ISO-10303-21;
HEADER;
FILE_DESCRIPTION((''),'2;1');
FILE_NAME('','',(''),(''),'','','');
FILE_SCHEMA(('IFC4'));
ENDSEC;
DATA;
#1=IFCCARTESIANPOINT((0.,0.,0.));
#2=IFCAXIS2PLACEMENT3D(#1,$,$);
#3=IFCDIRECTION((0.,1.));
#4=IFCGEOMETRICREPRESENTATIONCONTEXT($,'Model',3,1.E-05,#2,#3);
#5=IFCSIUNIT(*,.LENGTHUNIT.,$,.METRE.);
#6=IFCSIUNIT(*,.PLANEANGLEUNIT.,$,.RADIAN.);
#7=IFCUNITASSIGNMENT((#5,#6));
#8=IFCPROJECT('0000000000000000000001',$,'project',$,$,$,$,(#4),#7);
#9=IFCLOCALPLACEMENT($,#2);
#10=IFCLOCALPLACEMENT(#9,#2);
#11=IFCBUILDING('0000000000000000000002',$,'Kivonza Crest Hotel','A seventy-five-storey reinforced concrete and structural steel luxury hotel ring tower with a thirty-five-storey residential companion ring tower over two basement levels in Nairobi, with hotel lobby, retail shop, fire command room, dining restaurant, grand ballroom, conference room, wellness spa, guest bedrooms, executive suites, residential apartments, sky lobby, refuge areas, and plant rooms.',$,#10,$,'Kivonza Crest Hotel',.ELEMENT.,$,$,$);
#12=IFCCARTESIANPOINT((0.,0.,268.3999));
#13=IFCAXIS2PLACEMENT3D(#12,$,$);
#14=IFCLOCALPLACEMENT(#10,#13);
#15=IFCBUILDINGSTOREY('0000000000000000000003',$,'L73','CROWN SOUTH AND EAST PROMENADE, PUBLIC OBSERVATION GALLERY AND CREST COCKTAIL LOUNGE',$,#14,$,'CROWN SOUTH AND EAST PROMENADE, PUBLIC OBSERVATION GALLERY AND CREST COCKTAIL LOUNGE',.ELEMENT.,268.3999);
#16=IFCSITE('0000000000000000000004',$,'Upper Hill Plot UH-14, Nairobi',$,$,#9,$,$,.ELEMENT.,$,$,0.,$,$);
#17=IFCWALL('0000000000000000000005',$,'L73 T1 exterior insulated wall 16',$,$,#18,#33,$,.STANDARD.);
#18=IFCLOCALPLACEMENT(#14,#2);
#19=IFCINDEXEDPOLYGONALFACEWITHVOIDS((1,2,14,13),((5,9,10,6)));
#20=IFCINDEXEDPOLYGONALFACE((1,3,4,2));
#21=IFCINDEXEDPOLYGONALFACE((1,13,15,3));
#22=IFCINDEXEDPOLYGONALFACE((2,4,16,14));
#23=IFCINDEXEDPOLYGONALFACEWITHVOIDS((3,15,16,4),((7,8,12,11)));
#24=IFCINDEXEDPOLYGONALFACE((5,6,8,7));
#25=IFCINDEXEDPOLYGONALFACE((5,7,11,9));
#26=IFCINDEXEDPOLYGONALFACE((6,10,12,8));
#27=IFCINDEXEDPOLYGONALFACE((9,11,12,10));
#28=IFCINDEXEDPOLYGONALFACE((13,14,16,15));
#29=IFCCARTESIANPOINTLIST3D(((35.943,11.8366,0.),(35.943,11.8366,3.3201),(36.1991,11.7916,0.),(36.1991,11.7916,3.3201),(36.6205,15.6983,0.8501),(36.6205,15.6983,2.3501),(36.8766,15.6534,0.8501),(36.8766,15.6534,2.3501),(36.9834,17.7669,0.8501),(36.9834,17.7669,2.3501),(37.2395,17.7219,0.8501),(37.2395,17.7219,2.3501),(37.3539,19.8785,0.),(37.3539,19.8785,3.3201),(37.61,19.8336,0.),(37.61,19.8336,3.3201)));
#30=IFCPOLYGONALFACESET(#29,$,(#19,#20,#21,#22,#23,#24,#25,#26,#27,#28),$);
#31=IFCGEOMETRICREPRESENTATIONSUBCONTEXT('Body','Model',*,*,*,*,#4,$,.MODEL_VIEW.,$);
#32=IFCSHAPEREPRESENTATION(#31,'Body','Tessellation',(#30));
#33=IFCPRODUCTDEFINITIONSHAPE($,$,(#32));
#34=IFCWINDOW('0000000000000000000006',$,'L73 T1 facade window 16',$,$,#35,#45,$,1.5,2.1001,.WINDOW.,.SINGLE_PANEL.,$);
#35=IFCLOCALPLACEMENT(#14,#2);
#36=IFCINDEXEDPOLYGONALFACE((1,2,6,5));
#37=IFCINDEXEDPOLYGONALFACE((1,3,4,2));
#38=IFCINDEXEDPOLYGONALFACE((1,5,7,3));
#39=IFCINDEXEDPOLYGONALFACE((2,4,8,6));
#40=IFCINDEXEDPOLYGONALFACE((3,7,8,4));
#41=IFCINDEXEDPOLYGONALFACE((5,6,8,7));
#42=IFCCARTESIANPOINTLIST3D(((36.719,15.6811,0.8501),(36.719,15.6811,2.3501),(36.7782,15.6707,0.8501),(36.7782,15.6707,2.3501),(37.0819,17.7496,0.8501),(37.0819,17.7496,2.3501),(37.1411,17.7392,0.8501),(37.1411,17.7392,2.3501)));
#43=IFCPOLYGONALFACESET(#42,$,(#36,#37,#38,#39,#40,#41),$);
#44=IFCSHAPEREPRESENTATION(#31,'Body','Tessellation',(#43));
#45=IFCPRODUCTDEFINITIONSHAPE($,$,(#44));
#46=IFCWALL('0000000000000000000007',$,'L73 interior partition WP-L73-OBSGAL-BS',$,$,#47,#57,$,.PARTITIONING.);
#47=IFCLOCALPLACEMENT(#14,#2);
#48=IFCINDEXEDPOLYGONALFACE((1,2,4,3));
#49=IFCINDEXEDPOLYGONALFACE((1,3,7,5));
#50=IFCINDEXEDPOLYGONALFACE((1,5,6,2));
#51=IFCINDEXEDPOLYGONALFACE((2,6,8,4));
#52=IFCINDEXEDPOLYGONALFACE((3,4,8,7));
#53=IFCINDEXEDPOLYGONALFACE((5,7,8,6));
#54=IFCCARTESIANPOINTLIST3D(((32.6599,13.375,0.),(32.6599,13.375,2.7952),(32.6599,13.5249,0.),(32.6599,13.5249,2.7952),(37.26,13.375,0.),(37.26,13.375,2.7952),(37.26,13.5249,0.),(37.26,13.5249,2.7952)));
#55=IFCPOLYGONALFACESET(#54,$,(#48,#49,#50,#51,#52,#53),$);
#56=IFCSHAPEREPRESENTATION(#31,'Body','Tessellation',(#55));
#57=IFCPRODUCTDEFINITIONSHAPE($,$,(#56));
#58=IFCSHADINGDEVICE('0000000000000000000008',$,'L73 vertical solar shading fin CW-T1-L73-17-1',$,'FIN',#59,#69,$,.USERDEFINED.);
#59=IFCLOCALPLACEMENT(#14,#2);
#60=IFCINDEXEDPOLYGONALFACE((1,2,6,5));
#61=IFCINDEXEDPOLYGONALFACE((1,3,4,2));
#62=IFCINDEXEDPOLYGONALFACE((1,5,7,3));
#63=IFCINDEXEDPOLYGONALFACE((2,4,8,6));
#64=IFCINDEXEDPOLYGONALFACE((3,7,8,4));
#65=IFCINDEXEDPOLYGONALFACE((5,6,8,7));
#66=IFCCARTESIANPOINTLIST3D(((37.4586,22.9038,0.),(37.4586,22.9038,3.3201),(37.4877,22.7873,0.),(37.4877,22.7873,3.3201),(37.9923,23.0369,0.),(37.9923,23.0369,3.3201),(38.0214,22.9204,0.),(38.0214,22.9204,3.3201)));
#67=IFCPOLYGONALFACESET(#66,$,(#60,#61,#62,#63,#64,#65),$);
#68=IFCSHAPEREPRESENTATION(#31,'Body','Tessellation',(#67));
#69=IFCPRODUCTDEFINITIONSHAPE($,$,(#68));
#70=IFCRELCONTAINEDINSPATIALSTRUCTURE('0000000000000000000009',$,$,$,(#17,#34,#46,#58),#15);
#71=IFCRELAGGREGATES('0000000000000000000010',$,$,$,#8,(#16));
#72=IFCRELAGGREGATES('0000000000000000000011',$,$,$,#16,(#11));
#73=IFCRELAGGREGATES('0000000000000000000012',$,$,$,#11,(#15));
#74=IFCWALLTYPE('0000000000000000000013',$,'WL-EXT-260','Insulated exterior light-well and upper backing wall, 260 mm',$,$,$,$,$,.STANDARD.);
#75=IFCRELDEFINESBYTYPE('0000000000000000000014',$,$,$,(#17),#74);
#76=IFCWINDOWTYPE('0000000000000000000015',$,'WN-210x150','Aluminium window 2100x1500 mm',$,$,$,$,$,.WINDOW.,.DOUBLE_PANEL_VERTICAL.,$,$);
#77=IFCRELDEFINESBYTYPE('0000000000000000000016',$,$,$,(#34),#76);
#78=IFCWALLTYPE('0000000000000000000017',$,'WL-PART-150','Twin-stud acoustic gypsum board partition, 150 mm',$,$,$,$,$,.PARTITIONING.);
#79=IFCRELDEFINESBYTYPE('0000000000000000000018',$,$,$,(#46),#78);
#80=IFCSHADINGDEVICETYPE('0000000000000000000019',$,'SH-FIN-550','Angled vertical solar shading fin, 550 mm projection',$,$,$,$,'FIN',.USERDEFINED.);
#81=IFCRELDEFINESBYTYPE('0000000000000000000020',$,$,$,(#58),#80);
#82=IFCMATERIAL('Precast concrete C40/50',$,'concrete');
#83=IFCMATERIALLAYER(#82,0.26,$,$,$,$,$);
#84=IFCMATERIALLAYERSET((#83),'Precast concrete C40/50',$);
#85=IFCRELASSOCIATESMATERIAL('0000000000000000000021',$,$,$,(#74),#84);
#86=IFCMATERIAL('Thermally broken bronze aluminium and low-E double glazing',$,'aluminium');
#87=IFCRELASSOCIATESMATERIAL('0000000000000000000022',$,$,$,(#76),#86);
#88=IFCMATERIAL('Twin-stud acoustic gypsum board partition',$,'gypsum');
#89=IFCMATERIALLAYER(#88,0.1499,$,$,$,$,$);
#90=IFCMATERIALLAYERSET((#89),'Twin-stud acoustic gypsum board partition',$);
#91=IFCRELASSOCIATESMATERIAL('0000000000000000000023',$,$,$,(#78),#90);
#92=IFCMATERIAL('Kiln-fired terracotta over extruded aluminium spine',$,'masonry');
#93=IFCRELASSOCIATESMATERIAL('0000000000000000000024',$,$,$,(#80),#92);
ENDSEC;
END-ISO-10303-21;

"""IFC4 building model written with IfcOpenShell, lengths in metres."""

from ifc_helpers import new_model, si_unit, direction, frame, frame_2d, origin, origin_2d, place, context, subcontext, project, spatial, rectangle, extrude, material, layer, layer_set, type_object, element, fill, save


model = new_model("IFC4")

# Units and contexts
model_context = context("Model", 3, precision=1e-05, world=origin(), true_north=direction((0.0, 1.0)))
body_context = subcontext(model_context, "Body", "Model", "MODEL_VIEW")
ifc_project = project(units=[si_unit("LENGTHUNIT", "METRE"), si_unit("PLANEANGLEUNIT", "RADIAN")], contexts=[model_context])

# Site, building, storey
site_placement = place(None, origin())
site = spatial("IfcSite", under=ifc_project, at=site_placement, Name="Upper Hill Plot UH-14, Nairobi", CompositionType="ELEMENT", RefElevation=0.0)
building_placement = place(site_placement, origin())
building = spatial("IfcBuilding", under=site, at=building_placement, Name="Kivonza Crest Hotel", Description="A seventy-five-storey reinforced concrete and structural steel luxury hotel ring tower with a thirty-five-storey residential companion ring tower over two basement levels in Nairobi, with hotel lobby, retail shop, fire command room, dining restaurant, grand ballroom, conference room, wellness spa, guest bedrooms, executive suites, residential apartments, sky lobby, refuge areas, and plant rooms.", LongName="Kivonza Crest Hotel", CompositionType="ELEMENT")
storey_placement = place(building_placement, frame((0.0, 0.0, 268.3999)))
storey = spatial("IfcBuildingStorey", under=building, at=storey_placement, Name="L73", Description="CROWN SOUTH AND EAST PROMENADE, PUBLIC OBSERVATION GALLERY AND CREST COCKTAIL LOUNGE", LongName="CROWN SOUTH AND EAST PROMENADE, PUBLIC OBSERVATION GALLERY AND CREST COCKTAIL LOUNGE", CompositionType="ELEMENT", Elevation=268.3999)

# Shared definitions
ifc_material_1 = material(Name="Precast concrete C40/50", Category="concrete")
ifc_layer_1 = layer(ifc_material_1, 0.26)
ifc_layer_set_1 = layer_set([ifc_layer_1], Name="Precast concrete C40/50")
wall_type_1 = type_object("IfcWallType", Name="WL-EXT-260", Description="Insulated exterior light-well and upper backing wall, 260 mm", PredefinedType="STANDARD", material=ifc_layer_set_1)

# Wall, opening, window
wall_1_placement = place(storey_placement, frame((36.071, 11.814, 0.0), z_axis=(0.0, 0.0, 1.0), x_axis=(0.172801, 0.984957, 0.0)))
wall_1 = element("IfcWall", 1, at=wall_1_placement, inside=storey, type_object=wall_type_1, Name="L73 T1 exterior insulated wall 16", PredefinedType="STANDARD", context=body_context, shape_type="SweptSolid", body=[
    extrude(rectangle(XDim=8.1648, YDim=0.26, at=frame_2d((4.0825, 0.0))), origin(), (0.0, 0.0, 1.0), 3.3201),
])
opening_1_placement = place(wall_1_placement, frame((3.9209, 0.0, 0.8501)))
opening_1 = element("IfcOpeningElement", 2, at=opening_1_placement, cuts=wall_1, PredefinedType="OPENING", context=body_context, shape_type="SweptSolid", body=[
    extrude(rectangle(XDim=2.1001, YDim=1.5, at=frame_2d((1.05, 0.75))), frame((0.0, 0.1401, 0.0), z_axis=(0.0, -1.0, 0.0), x_axis=(1.0, 0.0, 0.0)), (0.0, 0.0, 1.0), 0.28),
])
ifc_material_2 = material(Name="Thermally broken bronze aluminium and low-E double glazing", Category="aluminium")
window_type = type_object("IfcWindowType", Name="WN-210x150", Description="Aluminium window 2100x1500 mm", PartitioningType="DOUBLE_PANEL_VERTICAL", PredefinedType="WINDOW", material=ifc_material_2)
window_placement = place(opening_1_placement, origin())
window = element("IfcWindow", 3, at=window_placement, inside=storey, type_object=window_type, Name="L73 T1 facade window 16", OverallHeight=1.5, OverallWidth=2.1001, PartitioningType="SINGLE_PANEL", PredefinedType="WINDOW", context=body_context, shape_type="SweptSolid", body=[
    extrude(rectangle(XDim=2.1001, YDim=1.5, at=frame_2d((1.05, 0.75))), frame((0.0, 0.03, 0.0), z_axis=(0.0, -1.0, 0.0), x_axis=(1.0, 0.0, 0.0)), (0.0, 0.0, 1.0), 0.0601),
])
fill(opening_1, window)

# Wall
ifc_material_3 = material(Name="Twin-stud acoustic gypsum board partition", Category="gypsum")
ifc_layer_2 = layer(ifc_material_3, 0.1499)
ifc_layer_set_2 = layer_set([ifc_layer_2], Name="Twin-stud acoustic gypsum board partition")
wall_type_2 = type_object("IfcWallType", Name="WL-PART-150", Description="Twin-stud acoustic gypsum board partition, 150 mm", PredefinedType="PARTITIONING", material=ifc_layer_set_2)
wall_2_placement = place(storey_placement, frame((32.6599, 13.45, 0.0), z_axis=(0.0, 0.0, 1.0), x_axis=(1.0, 0.0, 0.0)))
element("IfcWall", 4, at=wall_2_placement, inside=storey, type_object=wall_type_2, Name="L73 interior partition WP-L73-OBSGAL-BS", PredefinedType="PARTITIONING", context=body_context, shape_type="SweptSolid", body=[
    extrude(rectangle(XDim=4.6001, YDim=0.1499, at=frame_2d((2.3, 0.0))), origin(), (0.0, 0.0, 1.0), 2.7952),
])

# Shading device
ifc_material_4 = material(Name="Kiln-fired terracotta over extruded aluminium spine", Category="masonry")
shading_device_type = type_object("IfcShadingDeviceType", Name="SH-FIN-550", Description="Angled vertical solar shading fin, 550 mm projection", ElementType="FIN", PredefinedType="USERDEFINED", material=ifc_material_4)
shading_device_placement = place(storey_placement, frame((37.74, 22.9121, 0.0), z_axis=(0.0, 0.0, 1.0), x_axis=(-0.241922, 0.970296, 0.0)))
element("IfcShadingDevice", 5, at=shading_device_placement, inside=storey, type_object=shading_device_type, Name="L73 vertical solar shading fin CW-T1-L73-17-1", ObjectType="FIN", PredefinedType="USERDEFINED", context=body_context, shape_type="SweptSolid", body=[
    extrude(rectangle(XDim=0.1201, YDim=0.55, at=origin_2d()), origin(), (0.0, 0.0, 1.0), 3.3201),
])

save(model, "model.ifc")
